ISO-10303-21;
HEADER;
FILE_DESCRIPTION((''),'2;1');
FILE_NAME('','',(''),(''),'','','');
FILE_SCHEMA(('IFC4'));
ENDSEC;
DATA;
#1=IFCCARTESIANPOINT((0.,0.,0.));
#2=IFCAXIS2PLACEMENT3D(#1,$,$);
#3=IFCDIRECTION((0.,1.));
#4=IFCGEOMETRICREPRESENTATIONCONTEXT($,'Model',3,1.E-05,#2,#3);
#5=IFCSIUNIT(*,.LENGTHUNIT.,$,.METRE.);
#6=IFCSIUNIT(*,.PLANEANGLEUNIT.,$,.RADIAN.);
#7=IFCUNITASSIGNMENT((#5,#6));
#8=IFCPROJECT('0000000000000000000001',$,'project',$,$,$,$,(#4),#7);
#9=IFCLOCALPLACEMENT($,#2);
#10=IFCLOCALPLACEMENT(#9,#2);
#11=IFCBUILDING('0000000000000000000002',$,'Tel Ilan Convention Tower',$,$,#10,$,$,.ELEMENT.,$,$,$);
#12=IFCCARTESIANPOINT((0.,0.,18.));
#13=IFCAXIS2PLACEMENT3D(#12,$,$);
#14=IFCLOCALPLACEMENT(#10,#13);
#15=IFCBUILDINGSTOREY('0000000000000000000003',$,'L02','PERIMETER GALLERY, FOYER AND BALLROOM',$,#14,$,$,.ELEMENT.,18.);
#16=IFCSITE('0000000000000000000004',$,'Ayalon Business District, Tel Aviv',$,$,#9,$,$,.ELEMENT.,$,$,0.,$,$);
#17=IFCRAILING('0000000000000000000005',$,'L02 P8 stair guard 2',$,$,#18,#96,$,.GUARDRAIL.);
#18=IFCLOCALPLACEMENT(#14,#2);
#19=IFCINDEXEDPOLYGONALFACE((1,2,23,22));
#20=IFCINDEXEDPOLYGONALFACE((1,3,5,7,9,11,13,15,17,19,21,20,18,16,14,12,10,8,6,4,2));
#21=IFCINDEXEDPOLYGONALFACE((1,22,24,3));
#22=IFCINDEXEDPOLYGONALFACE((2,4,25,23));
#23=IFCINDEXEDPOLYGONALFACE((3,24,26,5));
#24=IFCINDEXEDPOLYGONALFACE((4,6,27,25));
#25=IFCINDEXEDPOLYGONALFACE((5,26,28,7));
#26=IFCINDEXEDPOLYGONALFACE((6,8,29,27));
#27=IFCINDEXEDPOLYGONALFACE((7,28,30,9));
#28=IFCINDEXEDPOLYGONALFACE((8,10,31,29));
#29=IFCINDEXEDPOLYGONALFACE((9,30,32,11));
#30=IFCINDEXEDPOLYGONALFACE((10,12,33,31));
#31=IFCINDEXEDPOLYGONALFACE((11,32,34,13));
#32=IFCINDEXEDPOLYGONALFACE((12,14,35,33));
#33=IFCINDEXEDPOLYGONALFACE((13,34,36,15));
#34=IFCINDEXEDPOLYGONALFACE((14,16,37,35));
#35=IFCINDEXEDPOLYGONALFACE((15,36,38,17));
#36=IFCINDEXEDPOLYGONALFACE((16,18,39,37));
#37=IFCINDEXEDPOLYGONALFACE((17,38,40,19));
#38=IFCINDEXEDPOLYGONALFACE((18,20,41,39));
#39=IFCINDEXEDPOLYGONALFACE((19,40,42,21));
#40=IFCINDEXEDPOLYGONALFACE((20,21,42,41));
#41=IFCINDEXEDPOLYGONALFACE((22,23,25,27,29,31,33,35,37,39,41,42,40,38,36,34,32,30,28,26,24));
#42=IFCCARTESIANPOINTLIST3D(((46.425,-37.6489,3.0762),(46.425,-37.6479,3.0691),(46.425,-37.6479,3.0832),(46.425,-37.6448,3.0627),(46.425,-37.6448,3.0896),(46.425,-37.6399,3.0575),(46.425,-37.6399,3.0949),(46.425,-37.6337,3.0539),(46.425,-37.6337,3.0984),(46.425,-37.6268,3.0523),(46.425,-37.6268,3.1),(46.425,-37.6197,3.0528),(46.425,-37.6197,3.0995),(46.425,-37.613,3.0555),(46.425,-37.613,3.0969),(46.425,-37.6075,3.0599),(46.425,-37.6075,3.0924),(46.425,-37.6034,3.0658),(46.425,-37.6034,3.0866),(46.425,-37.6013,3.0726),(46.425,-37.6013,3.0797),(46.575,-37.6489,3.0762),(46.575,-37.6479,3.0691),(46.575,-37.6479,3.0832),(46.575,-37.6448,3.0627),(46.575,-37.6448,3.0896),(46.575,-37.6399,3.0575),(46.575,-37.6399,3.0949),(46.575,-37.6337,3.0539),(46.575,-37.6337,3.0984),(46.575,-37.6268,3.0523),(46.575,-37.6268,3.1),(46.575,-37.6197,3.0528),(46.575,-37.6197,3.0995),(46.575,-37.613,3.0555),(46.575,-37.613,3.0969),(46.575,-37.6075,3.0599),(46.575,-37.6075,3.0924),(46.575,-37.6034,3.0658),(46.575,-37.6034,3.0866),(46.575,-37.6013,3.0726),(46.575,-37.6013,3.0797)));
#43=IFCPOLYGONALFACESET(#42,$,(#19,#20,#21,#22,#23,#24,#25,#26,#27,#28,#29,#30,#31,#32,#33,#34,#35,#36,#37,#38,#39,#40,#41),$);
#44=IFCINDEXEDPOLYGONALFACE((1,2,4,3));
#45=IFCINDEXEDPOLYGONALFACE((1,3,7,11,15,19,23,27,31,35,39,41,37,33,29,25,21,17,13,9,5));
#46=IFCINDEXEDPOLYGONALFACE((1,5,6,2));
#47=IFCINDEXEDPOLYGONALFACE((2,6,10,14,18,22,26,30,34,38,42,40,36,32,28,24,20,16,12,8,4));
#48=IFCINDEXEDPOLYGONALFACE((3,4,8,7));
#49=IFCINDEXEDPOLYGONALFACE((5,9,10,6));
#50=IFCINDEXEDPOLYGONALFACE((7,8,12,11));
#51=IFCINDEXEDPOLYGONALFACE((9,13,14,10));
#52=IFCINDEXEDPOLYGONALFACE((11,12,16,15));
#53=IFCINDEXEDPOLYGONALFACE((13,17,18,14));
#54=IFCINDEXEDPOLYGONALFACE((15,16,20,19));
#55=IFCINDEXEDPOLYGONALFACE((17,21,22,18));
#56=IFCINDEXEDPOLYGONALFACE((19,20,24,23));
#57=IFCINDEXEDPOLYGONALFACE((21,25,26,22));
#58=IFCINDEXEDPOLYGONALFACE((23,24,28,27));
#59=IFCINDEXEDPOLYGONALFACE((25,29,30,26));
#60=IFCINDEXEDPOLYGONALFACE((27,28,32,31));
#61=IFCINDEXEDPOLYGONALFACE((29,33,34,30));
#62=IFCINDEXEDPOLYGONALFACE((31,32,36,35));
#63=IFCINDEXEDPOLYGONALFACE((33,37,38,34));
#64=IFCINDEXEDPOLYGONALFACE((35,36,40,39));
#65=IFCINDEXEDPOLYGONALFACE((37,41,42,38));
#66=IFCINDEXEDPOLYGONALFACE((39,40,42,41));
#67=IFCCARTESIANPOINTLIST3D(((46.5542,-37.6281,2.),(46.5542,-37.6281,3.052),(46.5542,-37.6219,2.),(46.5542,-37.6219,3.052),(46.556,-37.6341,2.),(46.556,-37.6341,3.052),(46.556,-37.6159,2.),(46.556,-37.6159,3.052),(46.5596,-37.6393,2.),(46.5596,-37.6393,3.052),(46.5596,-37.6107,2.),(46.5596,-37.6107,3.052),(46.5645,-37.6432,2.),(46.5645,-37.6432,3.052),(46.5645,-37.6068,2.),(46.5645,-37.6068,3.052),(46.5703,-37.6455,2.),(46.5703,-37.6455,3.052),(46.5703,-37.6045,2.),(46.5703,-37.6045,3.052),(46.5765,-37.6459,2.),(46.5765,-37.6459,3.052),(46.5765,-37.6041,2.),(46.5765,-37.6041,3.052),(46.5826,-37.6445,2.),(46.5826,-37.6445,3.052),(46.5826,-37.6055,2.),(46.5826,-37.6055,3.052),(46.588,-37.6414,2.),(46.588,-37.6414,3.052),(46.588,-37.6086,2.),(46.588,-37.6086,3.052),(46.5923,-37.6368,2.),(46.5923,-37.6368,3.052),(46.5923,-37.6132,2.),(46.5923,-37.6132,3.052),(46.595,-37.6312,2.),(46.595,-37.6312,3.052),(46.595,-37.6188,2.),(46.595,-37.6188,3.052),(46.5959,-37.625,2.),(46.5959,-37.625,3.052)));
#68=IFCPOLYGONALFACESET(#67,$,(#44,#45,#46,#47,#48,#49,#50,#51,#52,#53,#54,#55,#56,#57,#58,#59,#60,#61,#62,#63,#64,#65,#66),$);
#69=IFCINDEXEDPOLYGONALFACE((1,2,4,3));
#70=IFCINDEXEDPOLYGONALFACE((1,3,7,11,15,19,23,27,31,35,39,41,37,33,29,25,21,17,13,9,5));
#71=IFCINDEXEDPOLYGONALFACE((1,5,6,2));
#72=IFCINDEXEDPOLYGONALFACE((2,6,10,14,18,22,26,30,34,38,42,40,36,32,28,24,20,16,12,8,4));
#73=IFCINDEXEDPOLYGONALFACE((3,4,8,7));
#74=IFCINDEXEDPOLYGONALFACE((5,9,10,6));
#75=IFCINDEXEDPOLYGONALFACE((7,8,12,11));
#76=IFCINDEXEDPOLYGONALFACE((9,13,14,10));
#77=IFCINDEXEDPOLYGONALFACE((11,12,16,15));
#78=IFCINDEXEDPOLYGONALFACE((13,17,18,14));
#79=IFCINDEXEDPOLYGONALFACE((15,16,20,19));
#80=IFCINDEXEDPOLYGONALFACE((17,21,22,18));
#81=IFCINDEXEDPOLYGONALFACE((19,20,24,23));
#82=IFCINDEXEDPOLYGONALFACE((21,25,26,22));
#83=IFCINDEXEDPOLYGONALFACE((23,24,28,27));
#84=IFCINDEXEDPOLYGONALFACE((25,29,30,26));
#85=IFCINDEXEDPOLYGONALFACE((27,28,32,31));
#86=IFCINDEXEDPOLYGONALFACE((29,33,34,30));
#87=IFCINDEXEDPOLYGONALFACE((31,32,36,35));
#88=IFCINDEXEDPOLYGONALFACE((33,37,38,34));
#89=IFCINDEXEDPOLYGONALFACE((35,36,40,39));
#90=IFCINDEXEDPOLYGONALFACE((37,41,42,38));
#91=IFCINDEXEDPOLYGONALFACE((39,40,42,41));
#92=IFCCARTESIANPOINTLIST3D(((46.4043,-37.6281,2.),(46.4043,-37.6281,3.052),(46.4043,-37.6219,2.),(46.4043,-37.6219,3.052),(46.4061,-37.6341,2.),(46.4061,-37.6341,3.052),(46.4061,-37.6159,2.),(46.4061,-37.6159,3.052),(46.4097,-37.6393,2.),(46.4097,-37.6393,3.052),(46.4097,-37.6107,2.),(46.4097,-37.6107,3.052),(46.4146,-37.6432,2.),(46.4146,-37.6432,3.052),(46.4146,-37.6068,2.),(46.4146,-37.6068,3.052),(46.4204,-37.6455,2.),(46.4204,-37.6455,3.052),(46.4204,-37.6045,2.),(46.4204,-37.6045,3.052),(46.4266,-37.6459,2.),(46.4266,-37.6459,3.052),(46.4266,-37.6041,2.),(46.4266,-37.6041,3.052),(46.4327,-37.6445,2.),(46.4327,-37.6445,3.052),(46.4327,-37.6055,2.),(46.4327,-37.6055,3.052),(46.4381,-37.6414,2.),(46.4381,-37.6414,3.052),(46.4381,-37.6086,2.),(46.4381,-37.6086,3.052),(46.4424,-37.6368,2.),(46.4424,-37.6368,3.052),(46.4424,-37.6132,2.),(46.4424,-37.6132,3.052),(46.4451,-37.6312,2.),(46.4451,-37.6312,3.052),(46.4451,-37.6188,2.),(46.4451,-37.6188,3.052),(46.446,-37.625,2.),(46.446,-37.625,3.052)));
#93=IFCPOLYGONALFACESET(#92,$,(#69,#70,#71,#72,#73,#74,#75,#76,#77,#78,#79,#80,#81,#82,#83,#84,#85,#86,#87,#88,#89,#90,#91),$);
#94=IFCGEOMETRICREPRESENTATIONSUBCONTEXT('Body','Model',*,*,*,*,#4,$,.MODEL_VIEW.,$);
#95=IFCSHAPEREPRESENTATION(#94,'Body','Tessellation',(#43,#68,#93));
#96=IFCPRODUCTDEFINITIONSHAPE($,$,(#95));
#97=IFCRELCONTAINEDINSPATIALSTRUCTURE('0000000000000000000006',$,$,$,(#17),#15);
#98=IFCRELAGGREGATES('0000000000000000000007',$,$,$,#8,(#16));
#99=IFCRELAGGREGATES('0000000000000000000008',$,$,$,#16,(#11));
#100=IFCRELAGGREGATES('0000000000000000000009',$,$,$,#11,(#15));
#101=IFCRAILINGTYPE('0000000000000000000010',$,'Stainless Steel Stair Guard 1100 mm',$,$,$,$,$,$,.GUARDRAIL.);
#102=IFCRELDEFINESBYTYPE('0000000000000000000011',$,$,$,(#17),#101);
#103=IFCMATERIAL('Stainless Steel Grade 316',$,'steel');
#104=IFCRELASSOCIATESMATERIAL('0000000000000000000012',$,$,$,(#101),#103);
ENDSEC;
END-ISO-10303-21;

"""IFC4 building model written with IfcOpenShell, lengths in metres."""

from ifc_helpers import new_model, si_unit, direction, frame, origin, origin_2d, place, context, subcontext, project, spatial, circle, extrude, material, type_object, element, save


model = new_model("IFC4")

# Units and contexts
model_context = context("Model", 3, precision=1e-05, world=origin(), true_north=direction((0.0, 1.0)))
body_context = subcontext(model_context, "Body", "Model", "MODEL_VIEW")
ifc_project = project(units=[si_unit("LENGTHUNIT", "METRE"), si_unit("PLANEANGLEUNIT", "RADIAN")], contexts=[model_context])

# Site, building, storey
site_placement = place(None, origin())
site = spatial("IfcSite", under=ifc_project, at=site_placement, Name="Ayalon Business District, Tel Aviv", CompositionType="ELEMENT", RefElevation=0.0)
building_placement = place(site_placement, origin())
building = spatial("IfcBuilding", under=site, at=building_placement, Name="Tel Ilan Convention Tower", CompositionType="ELEMENT")
storey_placement = place(building_placement, frame((0.0, 0.0, 18.0)))
storey = spatial("IfcBuildingStorey", under=building, at=storey_placement, Name="L02", Description="PERIMETER GALLERY, FOYER AND BALLROOM", CompositionType="ELEMENT", Elevation=18.0)

# Railing
ifc_material_1 = material(Name="Stainless Steel Grade 316", Category="steel")
railing_type_1 = type_object("IfcRailingType", Name="Stainless Steel Stair Guard 1100 mm", PredefinedType="GUARDRAIL", material=ifc_material_1)
railing_1_placement = place(storey_placement, frame((46.575, -37.625, 2.0)))
element("IfcRailing", 1, at=railing_1_placement, inside=storey, type_object=railing_type_1, Name="L02 P8 stair guard 2", PredefinedType="GUARDRAIL", context=body_context, shape_type="SweptSolid", body=[
    extrude(circle(Radius=0.0239, at=origin_2d()), frame((0.0, 0.0, 1.0762), z_axis=(-1.0, 0.0, 0.0), x_axis=(0.0, -1.0, 0.0)), (0.0, 0.0, 1.0), 0.1499),
    extrude(circle(Radius=0.021, at=origin_2d()), origin(), (0.0, 0.0, 1.0), 1.052),
    extrude(circle(Radius=0.021, at=origin_2d()), frame((-0.1499, 0.0, 0.0)), (0.0, 0.0, 1.0), 1.052),
])

save(model, "model.ifc")
